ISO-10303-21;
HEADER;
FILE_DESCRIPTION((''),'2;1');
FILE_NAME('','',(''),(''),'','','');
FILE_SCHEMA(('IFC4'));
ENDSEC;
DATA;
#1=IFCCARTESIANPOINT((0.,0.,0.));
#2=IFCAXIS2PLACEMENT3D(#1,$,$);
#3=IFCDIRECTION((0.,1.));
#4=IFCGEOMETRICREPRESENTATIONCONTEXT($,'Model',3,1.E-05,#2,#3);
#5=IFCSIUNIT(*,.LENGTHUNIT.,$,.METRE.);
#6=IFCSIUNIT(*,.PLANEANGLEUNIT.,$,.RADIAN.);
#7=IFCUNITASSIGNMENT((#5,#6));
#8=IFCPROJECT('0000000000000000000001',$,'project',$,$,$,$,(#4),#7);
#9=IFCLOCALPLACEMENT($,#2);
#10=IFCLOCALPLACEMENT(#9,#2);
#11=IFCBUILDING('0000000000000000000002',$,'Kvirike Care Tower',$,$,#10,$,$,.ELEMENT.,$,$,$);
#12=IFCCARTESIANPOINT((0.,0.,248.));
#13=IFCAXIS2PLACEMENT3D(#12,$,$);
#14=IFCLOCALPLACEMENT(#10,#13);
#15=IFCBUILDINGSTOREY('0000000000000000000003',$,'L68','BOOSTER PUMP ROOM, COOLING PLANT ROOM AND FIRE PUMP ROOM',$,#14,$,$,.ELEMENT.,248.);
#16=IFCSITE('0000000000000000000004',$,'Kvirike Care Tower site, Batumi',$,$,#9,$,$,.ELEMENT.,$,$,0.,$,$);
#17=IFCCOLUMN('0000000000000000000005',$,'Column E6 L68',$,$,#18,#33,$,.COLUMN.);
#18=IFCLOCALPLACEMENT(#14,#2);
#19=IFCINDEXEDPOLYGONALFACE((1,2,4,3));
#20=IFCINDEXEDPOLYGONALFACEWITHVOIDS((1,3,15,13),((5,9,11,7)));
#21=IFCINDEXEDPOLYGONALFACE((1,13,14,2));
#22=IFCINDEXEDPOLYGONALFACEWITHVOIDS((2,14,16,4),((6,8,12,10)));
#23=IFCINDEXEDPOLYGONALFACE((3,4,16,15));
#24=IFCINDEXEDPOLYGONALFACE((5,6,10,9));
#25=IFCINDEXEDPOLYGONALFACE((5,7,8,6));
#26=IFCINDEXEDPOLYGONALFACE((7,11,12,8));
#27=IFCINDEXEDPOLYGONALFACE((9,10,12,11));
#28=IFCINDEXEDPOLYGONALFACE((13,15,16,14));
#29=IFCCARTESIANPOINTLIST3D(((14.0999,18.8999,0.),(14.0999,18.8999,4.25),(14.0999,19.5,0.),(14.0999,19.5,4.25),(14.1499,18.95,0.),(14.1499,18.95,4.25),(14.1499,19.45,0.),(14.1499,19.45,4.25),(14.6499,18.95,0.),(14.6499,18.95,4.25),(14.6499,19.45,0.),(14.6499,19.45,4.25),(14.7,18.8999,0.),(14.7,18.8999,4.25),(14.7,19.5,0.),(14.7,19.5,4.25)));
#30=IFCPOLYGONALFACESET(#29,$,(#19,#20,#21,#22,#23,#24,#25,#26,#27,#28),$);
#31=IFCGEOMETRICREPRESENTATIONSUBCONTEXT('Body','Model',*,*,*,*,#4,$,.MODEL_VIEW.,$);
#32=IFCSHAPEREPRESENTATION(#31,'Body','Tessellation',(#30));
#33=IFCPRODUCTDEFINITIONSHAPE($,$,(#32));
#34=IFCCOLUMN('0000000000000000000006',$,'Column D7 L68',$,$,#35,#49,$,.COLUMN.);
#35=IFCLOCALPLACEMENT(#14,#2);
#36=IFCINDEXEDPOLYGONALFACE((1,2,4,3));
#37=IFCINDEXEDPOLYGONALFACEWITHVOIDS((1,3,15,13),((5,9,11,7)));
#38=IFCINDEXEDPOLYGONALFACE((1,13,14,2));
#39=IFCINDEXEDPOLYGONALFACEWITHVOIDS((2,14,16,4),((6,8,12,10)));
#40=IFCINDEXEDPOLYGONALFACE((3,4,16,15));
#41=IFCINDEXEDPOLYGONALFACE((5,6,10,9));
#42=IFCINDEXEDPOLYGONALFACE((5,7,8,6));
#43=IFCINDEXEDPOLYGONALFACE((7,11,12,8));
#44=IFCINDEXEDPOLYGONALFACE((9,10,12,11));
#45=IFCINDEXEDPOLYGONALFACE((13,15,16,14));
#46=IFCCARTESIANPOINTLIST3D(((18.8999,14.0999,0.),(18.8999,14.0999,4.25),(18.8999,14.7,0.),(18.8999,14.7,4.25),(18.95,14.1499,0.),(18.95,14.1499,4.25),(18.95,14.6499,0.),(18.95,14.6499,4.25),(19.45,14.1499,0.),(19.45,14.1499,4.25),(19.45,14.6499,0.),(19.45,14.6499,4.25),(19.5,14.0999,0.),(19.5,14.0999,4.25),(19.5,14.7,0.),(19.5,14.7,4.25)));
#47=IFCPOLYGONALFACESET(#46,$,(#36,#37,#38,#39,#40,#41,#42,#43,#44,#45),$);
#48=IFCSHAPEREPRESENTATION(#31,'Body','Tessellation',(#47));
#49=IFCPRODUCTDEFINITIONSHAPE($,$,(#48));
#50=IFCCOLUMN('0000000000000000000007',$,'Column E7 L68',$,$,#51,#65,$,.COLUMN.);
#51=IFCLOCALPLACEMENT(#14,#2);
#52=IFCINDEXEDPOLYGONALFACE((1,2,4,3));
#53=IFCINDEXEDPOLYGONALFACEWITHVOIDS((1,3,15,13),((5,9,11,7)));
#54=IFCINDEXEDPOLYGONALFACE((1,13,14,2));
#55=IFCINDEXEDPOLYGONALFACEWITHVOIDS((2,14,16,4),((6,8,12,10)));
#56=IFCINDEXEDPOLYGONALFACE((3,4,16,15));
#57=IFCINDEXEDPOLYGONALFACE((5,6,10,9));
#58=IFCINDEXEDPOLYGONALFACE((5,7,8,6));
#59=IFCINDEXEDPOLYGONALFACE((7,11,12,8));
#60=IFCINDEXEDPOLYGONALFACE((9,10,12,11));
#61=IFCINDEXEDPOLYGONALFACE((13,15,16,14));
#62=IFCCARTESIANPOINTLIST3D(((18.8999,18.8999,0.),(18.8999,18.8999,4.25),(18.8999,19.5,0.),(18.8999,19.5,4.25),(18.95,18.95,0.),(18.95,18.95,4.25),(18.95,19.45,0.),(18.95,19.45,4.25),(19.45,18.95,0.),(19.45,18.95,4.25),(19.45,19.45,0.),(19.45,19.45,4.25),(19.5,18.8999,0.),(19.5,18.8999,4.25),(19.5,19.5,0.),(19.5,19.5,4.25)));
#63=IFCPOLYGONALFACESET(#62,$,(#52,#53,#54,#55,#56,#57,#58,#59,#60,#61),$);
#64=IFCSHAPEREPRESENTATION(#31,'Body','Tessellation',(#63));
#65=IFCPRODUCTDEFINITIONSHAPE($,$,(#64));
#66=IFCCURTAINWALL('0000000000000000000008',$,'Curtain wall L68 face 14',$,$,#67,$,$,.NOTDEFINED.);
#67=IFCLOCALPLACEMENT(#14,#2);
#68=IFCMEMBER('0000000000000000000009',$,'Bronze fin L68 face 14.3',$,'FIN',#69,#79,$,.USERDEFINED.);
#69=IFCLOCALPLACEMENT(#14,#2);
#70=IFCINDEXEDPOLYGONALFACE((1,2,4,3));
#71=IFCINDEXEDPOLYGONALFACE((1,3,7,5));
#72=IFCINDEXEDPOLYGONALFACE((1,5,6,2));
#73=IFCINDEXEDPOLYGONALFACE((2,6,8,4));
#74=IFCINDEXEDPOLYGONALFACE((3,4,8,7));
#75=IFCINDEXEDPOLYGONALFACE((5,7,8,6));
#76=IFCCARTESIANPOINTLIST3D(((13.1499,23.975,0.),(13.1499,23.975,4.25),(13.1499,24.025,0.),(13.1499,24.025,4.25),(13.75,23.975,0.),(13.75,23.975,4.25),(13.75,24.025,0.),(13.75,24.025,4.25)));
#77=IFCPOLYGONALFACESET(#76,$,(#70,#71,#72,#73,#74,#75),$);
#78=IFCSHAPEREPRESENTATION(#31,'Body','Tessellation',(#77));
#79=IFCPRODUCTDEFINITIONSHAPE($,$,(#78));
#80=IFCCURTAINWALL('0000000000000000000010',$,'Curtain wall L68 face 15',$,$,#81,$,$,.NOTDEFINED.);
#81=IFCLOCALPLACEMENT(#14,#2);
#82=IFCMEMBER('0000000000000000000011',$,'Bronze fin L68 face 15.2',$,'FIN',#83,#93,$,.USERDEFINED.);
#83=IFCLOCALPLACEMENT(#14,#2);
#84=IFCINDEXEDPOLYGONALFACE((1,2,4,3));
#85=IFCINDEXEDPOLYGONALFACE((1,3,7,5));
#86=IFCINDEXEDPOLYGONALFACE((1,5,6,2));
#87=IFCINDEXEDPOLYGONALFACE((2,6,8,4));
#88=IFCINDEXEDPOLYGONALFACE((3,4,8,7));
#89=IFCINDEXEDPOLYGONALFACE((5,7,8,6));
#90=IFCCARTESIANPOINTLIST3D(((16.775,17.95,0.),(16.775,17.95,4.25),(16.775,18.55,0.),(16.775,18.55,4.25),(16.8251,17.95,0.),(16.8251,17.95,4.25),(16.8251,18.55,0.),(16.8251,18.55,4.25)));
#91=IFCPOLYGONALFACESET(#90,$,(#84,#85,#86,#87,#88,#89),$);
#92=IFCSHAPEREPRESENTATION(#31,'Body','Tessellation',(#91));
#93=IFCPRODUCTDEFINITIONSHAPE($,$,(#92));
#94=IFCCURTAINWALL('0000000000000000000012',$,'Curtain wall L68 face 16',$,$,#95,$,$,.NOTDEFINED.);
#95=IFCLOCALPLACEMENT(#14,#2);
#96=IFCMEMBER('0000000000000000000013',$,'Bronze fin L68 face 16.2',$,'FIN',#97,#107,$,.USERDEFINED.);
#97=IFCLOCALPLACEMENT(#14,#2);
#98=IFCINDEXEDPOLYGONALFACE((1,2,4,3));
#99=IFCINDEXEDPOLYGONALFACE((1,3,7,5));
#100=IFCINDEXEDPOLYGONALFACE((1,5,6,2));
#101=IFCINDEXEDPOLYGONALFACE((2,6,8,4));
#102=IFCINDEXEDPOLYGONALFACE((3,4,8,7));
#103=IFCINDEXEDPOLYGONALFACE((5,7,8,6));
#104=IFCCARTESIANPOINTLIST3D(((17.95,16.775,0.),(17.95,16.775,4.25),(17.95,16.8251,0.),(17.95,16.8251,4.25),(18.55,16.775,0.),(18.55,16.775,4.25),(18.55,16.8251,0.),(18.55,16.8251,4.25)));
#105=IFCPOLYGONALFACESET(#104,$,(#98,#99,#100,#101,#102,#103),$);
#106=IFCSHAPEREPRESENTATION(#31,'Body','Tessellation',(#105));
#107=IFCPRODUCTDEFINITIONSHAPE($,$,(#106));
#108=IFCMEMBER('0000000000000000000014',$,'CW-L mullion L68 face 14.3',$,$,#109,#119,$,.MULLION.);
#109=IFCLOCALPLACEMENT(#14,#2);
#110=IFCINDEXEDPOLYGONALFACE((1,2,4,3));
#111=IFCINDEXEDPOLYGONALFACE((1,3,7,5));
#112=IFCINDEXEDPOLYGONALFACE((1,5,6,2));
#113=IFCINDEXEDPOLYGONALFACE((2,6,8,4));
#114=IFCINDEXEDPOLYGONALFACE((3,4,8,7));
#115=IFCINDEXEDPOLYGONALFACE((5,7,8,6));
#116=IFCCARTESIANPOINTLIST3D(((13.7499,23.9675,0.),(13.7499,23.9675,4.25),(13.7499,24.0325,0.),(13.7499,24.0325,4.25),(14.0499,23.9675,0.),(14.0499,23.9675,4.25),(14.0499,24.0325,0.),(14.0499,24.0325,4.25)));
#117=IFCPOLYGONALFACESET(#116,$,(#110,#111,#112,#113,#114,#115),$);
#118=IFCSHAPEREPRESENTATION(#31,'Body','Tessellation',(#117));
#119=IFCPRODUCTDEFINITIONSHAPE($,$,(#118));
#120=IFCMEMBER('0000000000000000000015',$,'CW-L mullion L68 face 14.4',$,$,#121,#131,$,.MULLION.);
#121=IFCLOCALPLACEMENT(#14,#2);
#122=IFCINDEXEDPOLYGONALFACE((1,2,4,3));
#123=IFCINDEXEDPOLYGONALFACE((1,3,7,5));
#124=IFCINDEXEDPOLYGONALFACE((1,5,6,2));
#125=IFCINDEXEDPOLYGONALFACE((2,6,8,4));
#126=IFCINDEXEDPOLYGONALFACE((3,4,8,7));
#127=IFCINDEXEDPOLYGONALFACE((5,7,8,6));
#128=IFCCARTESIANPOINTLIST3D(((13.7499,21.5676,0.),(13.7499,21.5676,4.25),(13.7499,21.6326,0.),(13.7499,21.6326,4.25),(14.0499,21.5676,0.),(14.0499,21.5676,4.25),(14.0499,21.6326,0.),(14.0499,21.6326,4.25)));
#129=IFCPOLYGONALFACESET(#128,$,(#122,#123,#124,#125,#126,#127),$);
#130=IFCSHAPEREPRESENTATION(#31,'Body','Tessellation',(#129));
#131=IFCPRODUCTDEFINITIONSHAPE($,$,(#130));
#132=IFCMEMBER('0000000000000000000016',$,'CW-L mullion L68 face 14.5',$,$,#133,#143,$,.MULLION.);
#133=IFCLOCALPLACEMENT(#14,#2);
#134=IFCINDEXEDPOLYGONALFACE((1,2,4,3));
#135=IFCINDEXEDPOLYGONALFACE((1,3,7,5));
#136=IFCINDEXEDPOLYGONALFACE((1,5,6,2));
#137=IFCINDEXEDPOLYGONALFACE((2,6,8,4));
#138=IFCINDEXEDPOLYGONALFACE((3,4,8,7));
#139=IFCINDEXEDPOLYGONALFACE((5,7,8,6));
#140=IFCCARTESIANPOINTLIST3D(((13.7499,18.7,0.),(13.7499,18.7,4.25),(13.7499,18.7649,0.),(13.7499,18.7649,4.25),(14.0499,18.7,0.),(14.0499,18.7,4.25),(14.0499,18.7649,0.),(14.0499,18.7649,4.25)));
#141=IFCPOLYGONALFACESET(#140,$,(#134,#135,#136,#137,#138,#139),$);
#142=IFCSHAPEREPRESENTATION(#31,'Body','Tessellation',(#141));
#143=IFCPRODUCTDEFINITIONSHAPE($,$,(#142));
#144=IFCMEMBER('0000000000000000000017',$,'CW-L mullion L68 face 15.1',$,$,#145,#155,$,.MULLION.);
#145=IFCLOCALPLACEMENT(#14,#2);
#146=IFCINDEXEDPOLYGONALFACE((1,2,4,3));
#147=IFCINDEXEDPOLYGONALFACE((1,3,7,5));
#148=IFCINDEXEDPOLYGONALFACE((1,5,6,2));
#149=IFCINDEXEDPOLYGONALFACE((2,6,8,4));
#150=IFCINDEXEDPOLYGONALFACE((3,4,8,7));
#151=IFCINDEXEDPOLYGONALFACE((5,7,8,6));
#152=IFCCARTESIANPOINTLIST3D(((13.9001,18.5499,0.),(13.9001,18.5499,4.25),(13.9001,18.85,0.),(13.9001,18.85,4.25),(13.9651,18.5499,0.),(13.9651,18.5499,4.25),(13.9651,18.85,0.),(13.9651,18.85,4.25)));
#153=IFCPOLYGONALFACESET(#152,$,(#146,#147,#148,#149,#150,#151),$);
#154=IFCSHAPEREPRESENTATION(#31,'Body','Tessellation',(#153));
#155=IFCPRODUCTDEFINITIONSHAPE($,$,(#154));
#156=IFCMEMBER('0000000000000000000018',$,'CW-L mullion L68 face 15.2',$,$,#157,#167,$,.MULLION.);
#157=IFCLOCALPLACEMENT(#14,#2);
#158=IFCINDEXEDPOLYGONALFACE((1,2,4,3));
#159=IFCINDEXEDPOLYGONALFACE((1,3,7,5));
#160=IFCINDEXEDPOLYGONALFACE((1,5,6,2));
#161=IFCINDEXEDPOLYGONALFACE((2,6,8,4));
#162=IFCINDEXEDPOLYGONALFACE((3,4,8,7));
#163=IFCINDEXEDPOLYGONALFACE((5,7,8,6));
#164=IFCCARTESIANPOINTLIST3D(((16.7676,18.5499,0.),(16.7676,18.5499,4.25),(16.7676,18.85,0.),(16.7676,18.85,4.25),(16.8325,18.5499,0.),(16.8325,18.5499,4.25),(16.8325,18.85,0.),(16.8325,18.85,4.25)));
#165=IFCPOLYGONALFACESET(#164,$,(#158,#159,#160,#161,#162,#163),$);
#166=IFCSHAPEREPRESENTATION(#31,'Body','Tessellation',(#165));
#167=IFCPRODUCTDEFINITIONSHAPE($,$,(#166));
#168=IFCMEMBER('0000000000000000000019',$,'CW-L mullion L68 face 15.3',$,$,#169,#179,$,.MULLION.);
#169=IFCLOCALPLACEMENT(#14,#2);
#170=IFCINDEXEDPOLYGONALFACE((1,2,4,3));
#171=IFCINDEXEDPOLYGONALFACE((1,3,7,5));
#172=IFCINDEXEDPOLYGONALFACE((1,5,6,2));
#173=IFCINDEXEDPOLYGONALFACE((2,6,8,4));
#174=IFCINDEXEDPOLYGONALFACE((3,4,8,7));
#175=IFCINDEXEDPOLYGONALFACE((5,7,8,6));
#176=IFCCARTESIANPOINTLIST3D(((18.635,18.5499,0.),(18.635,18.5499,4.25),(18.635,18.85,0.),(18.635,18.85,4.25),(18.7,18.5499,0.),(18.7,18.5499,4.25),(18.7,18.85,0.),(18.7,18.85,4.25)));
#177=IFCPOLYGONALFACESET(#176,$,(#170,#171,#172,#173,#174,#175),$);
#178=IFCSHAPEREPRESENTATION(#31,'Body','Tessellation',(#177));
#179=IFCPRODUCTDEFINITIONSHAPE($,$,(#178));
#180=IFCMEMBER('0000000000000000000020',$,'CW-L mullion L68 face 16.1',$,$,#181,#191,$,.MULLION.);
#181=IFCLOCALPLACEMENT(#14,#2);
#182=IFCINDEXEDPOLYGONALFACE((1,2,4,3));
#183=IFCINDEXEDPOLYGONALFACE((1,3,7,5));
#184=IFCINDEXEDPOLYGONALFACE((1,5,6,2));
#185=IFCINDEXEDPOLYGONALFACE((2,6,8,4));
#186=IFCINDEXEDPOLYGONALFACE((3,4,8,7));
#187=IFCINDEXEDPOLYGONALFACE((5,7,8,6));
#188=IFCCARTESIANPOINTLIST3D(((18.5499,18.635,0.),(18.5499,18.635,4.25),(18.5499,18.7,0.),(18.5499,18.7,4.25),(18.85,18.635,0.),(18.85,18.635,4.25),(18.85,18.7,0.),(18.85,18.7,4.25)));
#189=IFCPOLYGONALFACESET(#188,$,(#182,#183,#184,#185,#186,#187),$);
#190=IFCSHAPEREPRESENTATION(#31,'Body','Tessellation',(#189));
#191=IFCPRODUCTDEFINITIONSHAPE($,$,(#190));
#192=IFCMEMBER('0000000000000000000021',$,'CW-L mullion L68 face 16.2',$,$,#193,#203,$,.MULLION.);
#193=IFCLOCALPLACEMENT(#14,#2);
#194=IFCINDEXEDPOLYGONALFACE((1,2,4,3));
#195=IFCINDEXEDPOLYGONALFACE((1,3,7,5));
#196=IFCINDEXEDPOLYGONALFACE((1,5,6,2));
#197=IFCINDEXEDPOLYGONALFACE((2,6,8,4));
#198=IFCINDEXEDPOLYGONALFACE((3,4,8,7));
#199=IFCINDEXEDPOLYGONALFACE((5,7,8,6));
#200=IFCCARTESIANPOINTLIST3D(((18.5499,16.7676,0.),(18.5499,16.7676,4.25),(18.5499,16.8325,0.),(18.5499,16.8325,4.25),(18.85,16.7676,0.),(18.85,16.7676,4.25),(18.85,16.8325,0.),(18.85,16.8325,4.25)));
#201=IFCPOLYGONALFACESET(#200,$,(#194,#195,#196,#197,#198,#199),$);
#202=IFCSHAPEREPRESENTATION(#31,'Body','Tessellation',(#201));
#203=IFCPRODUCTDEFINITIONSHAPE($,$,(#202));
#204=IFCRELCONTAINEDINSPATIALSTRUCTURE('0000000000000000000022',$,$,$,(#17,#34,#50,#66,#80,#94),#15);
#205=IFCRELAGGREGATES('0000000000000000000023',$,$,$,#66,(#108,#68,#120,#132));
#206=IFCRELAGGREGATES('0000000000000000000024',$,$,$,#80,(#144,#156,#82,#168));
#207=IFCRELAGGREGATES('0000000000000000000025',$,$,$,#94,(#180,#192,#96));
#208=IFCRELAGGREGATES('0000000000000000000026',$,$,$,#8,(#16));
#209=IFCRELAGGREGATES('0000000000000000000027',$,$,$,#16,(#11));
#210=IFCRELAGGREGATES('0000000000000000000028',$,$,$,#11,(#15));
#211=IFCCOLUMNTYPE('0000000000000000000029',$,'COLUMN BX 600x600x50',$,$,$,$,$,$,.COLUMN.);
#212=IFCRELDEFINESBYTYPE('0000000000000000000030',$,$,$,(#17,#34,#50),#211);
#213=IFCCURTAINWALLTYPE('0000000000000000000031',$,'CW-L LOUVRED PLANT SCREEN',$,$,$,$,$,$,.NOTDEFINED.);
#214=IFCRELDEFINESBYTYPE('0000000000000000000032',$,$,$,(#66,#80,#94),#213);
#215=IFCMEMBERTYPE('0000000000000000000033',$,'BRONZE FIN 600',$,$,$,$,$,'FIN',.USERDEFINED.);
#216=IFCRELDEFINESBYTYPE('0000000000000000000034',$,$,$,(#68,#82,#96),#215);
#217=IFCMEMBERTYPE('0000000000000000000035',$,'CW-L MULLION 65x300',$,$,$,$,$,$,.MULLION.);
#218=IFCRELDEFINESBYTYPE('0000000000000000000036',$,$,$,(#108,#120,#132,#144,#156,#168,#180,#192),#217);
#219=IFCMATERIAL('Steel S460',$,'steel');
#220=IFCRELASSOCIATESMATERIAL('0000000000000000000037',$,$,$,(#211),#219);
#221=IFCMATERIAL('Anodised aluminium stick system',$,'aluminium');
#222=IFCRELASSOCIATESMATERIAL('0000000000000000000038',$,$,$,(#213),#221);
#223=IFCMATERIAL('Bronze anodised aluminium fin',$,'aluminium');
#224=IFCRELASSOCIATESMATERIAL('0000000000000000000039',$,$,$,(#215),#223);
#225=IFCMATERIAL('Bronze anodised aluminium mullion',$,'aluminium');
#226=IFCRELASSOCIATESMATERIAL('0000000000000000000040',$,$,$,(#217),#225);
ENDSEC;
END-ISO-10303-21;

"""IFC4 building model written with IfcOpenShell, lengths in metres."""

from ifc_helpers import new_model, si_unit, direction, frame, origin, origin_2d, place, context, subcontext, project, spatial, rectangle, hollow_rectangle, extrude, material, material_profile, profile_set, type_object, element, aggregate, save


model = new_model("IFC4")

# Units and contexts
model_context = context("Model", 3, precision=1e-05, world=origin(), true_north=direction((0.0, 1.0)))
body_context = subcontext(model_context, "Body", "Model", "MODEL_VIEW")
ifc_project = project(units=[si_unit("LENGTHUNIT", "METRE"), si_unit("PLANEANGLEUNIT", "RADIAN")], contexts=[model_context])

# Site, building, storey
site_placement = place(None, origin())
site = spatial("IfcSite", under=ifc_project, at=site_placement, Name="Kvirike Care Tower site, Batumi", CompositionType="ELEMENT", RefElevation=0.0)
building_placement = place(site_placement, origin())
building = spatial("IfcBuilding", under=site, at=building_placement, Name="Kvirike Care Tower", CompositionType="ELEMENT")
storey_placement = place(building_placement, frame((0.0, 0.0, 248.0)))
storey = spatial("IfcBuildingStorey", under=building, at=storey_placement, Name="L68", Description="BOOSTER PUMP ROOM, COOLING PLANT ROOM AND FIRE PUMP ROOM", CompositionType="ELEMENT", Elevation=248.0)

# Columns
ifc_material_1 = material(Name="Steel S460", Category="steel")
ifc_material_profile_1 = material_profile(ifc_material_1, hollow_rectangle(XDim=0.6001, YDim=0.6001, WallThickness=0.05, at=origin_2d()), Name="BX 600x600x50")
ifc_profile_set_1 = profile_set([ifc_material_profile_1], Name="Steel S460")
column_type = type_object("IfcColumnType", Name="COLUMN BX 600x600x50", PredefinedType="COLUMN", material=ifc_profile_set_1)
for number, where, z_axis, x_axis, name in (
    (1, (14.3999, 19.2, 0.0), (0.0, 0.0, 1.0), (0.0, 1.0, 0.0), "Column E6 L68"),
    (2, (19.2, 14.3999, 0.0), (0.0, 0.0, 1.0), (0.0, 1.0, 0.0), "Column D7 L68"),
    (3, (19.2, 19.2, 0.0), (0.0, 0.0, 1.0), (0.0, 1.0, 0.0), "Column E7 L68"),
):
    element("IfcColumn", number, at=place(storey_placement, frame(where, z_axis=z_axis, x_axis=x_axis)), inside=storey, type_object=column_type, Name=name, PredefinedType="COLUMN", context=body_context, shape_type="SweptSolid", body=[
        extrude(hollow_rectangle(XDim=0.6001, YDim=0.6001, WallThickness=0.05, at=origin_2d()), origin(), (0.0, 0.0, 1.0), 4.25),
    ])

# Curtain walls, members
ifc_material_2 = material(Name="Anodised aluminium stick system", Category="aluminium")
curtain_wall_type = type_object("IfcCurtainWallType", Name="CW-L LOUVRED PLANT SCREEN", PredefinedType="NOTDEFINED", material=ifc_material_2)
curtain_wall_1_placement = place(storey_placement, origin())
curtain_wall_1 = element("IfcCurtainWall", 4, at=curtain_wall_1_placement, inside=storey, type_object=curtain_wall_type, Name="Curtain wall L68 face 14", PredefinedType="NOTDEFINED")
ifc_material_3 = material(Name="Bronze anodised aluminium fin", Category="aluminium")
ifc_material_profile_2 = material_profile(ifc_material_3, rectangle(XDim=0.05, YDim=0.6001, at=origin_2d()), Name="BRONZE FIN 600")
ifc_profile_set_2 = profile_set([ifc_material_profile_2], Name="Bronze anodised aluminium fin")
member_type_1 = type_object("IfcMemberType", Name="BRONZE FIN 600", ElementType="FIN", PredefinedType="USERDEFINED", material=ifc_profile_set_2)
member_1_placement = place(storey_placement, frame((13.45, 24.0, 0.0), z_axis=(0.0, 0.0, 1.0), x_axis=(0.0, -1.0, 0.0)))
member_1 = element("IfcMember", 5, at=member_1_placement, type_object=member_type_1, Name="Bronze fin L68 face 14.3", ObjectType="FIN", PredefinedType="USERDEFINED", context=body_context, shape_type="SweptSolid", body=[
    extrude(rectangle(XDim=0.05, YDim=0.6001, at=origin_2d()), origin(), (0.0, 0.0, 1.0), 4.25),
])
curtain_wall_2_placement = place(storey_placement, origin())
curtain_wall_2 = element("IfcCurtainWall", 6, at=curtain_wall_2_placement, inside=storey, type_object=curtain_wall_type, Name="Curtain wall L68 face 15", PredefinedType="NOTDEFINED")
member_2_placement = place(storey_placement, frame((16.8, 18.25, 0.0), z_axis=(0.0, 0.0, 1.0), x_axis=(1.0, 0.0, 0.0)))
member_2 = element("IfcMember", 7, at=member_2_placement, type_object=member_type_1, Name="Bronze fin L68 face 15.2", ObjectType="FIN", PredefinedType="USERDEFINED", context=body_context, shape_type="SweptSolid", body=[
    extrude(rectangle(XDim=0.05, YDim=0.6001, at=origin_2d()), origin(), (0.0, 0.0, 1.0), 4.25),
])
curtain_wall_3_placement = place(storey_placement, origin())
curtain_wall_3 = element("IfcCurtainWall", 8, at=curtain_wall_3_placement, inside=storey, type_object=curtain_wall_type, Name="Curtain wall L68 face 16", PredefinedType="NOTDEFINED")
member_3_placement = place(storey_placement, frame((18.25, 16.8, 0.0), z_axis=(0.0, 0.0, 1.0), x_axis=(0.0, -1.0, 0.0)))
member_3 = element("IfcMember", 9, at=member_3_placement, type_object=member_type_1, Name="Bronze fin L68 face 16.2", ObjectType="FIN", PredefinedType="USERDEFINED", context=body_context, shape_type="SweptSolid", body=[
    extrude(rectangle(XDim=0.05, YDim=0.6001, at=origin_2d()), origin(), (0.0, 0.0, 1.0), 4.25),
])

# Members
ifc_material_4 = material(Name="Bronze anodised aluminium mullion", Category="aluminium")
ifc_material_profile_3 = material_profile(ifc_material_4, rectangle(XDim=0.0649, YDim=0.3, at=origin_2d()), Name="CW-L MULLION 65x300")
ifc_profile_set_3 = profile_set([ifc_material_profile_3], Name="Bronze anodised aluminium mullion")
member_type_2 = type_object("IfcMemberType", Name="CW-L MULLION 65x300", PredefinedType="MULLION", material=ifc_profile_set_3)
member_4_placement = place(storey_placement, frame((13.8999, 24.0, 0.0), z_axis=(0.0, 0.0, 1.0), x_axis=(0.0, -1.0, 0.0)))
member_4 = element("IfcMember", 10, at=member_4_placement, type_object=member_type_2, Name="CW-L mullion L68 face 14.3", PredefinedType="MULLION", context=body_context, shape_type="SweptSolid", body=[
    extrude(rectangle(XDim=0.0649, YDim=0.3, at=origin_2d()), origin(), (0.0, 0.0, 1.0), 4.25),
])
member_5_placement = place(storey_placement, frame((13.8999, 21.6001, 0.0), z_axis=(0.0, 0.0, 1.0), x_axis=(0.0, -1.0, 0.0)))
member_5 = element("IfcMember", 11, at=member_5_placement, type_object=member_type_2, Name="CW-L mullion L68 face 14.4", PredefinedType="MULLION", context=body_context, shape_type="SweptSolid", body=[
    extrude(rectangle(XDim=0.0649, YDim=0.3, at=origin_2d()), origin(), (0.0, 0.0, 1.0), 4.25),
])
member_6_placement = place(storey_placement, frame((13.8999, 18.7324, 0.0), z_axis=(0.0, 0.0, 1.0), x_axis=(0.0, -1.0, 0.0)))
member_6 = element("IfcMember", 12, at=member_6_placement, type_object=member_type_2, Name="CW-L mullion L68 face 14.5", PredefinedType="MULLION", context=body_context, shape_type="SweptSolid", body=[
    extrude(rectangle(XDim=0.0649, YDim=0.3, at=origin_2d()), origin(), (0.0, 0.0, 1.0), 4.25),
])
aggregate(curtain_wall_1, [member_4, member_1, member_5, member_6])
member_7_placement = place(storey_placement, frame((13.9326, 18.7, 0.0), z_axis=(0.0, 0.0, 1.0), x_axis=(1.0, 0.0, 0.0)))
member_7 = element("IfcMember", 13, at=member_7_placement, type_object=member_type_2, Name="CW-L mullion L68 face 15.1", PredefinedType="MULLION", context=body_context, shape_type="SweptSolid", body=[
    extrude(rectangle(XDim=0.0649, YDim=0.3, at=origin_2d()), origin(), (0.0, 0.0, 1.0), 4.25),
])
member_8_placement = place(storey_placement, frame((16.8, 18.7, 0.0), z_axis=(0.0, 0.0, 1.0), x_axis=(1.0, 0.0, 0.0)))
member_8 = element("IfcMember", 14, at=member_8_placement, type_object=member_type_2, Name="CW-L mullion L68 face 15.2", PredefinedType="MULLION", context=body_context, shape_type="SweptSolid", body=[
    extrude(rectangle(XDim=0.0649, YDim=0.3, at=origin_2d()), origin(), (0.0, 0.0, 1.0), 4.25),
])
member_9_placement = place(storey_placement, frame((18.6675, 18.7, 0.0), z_axis=(0.0, 0.0, 1.0), x_axis=(1.0, 0.0, 0.0)))
member_9 = element("IfcMember", 15, at=member_9_placement, type_object=member_type_2, Name="CW-L mullion L68 face 15.3", PredefinedType="MULLION", context=body_context, shape_type="SweptSolid", body=[
    extrude(rectangle(XDim=0.0649, YDim=0.3, at=origin_2d()), origin(), (0.0, 0.0, 1.0), 4.25),
])
aggregate(curtain_wall_2, [member_7, member_8, member_2, member_9])
member_10_placement = place(storey_placement, frame((18.7, 18.6675, 0.0), z_axis=(0.0, 0.0, 1.0), x_axis=(0.0, -1.0, 0.0)))
member_10 = element("IfcMember", 16, at=member_10_placement, type_object=member_type_2, Name="CW-L mullion L68 face 16.1", PredefinedType="MULLION", context=body_context, shape_type="SweptSolid", body=[
    extrude(rectangle(XDim=0.0649, YDim=0.3, at=origin_2d()), origin(), (0.0, 0.0, 1.0), 4.25),
])
member_11_placement = place(storey_placement, frame((18.7, 16.8, 0.0), z_axis=(0.0, 0.0, 1.0), x_axis=(0.0, -1.0, 0.0)))
member_11 = element("IfcMember", 17, at=member_11_placement, type_object=member_type_2, Name="CW-L mullion L68 face 16.2", PredefinedType="MULLION", context=body_context, shape_type="SweptSolid", body=[
    extrude(rectangle(XDim=0.0649, YDim=0.3, at=origin_2d()), origin(), (0.0, 0.0, 1.0), 4.25),
])
aggregate(curtain_wall_3, [member_10, member_11, member_3])

save(model, "model.ifc")
